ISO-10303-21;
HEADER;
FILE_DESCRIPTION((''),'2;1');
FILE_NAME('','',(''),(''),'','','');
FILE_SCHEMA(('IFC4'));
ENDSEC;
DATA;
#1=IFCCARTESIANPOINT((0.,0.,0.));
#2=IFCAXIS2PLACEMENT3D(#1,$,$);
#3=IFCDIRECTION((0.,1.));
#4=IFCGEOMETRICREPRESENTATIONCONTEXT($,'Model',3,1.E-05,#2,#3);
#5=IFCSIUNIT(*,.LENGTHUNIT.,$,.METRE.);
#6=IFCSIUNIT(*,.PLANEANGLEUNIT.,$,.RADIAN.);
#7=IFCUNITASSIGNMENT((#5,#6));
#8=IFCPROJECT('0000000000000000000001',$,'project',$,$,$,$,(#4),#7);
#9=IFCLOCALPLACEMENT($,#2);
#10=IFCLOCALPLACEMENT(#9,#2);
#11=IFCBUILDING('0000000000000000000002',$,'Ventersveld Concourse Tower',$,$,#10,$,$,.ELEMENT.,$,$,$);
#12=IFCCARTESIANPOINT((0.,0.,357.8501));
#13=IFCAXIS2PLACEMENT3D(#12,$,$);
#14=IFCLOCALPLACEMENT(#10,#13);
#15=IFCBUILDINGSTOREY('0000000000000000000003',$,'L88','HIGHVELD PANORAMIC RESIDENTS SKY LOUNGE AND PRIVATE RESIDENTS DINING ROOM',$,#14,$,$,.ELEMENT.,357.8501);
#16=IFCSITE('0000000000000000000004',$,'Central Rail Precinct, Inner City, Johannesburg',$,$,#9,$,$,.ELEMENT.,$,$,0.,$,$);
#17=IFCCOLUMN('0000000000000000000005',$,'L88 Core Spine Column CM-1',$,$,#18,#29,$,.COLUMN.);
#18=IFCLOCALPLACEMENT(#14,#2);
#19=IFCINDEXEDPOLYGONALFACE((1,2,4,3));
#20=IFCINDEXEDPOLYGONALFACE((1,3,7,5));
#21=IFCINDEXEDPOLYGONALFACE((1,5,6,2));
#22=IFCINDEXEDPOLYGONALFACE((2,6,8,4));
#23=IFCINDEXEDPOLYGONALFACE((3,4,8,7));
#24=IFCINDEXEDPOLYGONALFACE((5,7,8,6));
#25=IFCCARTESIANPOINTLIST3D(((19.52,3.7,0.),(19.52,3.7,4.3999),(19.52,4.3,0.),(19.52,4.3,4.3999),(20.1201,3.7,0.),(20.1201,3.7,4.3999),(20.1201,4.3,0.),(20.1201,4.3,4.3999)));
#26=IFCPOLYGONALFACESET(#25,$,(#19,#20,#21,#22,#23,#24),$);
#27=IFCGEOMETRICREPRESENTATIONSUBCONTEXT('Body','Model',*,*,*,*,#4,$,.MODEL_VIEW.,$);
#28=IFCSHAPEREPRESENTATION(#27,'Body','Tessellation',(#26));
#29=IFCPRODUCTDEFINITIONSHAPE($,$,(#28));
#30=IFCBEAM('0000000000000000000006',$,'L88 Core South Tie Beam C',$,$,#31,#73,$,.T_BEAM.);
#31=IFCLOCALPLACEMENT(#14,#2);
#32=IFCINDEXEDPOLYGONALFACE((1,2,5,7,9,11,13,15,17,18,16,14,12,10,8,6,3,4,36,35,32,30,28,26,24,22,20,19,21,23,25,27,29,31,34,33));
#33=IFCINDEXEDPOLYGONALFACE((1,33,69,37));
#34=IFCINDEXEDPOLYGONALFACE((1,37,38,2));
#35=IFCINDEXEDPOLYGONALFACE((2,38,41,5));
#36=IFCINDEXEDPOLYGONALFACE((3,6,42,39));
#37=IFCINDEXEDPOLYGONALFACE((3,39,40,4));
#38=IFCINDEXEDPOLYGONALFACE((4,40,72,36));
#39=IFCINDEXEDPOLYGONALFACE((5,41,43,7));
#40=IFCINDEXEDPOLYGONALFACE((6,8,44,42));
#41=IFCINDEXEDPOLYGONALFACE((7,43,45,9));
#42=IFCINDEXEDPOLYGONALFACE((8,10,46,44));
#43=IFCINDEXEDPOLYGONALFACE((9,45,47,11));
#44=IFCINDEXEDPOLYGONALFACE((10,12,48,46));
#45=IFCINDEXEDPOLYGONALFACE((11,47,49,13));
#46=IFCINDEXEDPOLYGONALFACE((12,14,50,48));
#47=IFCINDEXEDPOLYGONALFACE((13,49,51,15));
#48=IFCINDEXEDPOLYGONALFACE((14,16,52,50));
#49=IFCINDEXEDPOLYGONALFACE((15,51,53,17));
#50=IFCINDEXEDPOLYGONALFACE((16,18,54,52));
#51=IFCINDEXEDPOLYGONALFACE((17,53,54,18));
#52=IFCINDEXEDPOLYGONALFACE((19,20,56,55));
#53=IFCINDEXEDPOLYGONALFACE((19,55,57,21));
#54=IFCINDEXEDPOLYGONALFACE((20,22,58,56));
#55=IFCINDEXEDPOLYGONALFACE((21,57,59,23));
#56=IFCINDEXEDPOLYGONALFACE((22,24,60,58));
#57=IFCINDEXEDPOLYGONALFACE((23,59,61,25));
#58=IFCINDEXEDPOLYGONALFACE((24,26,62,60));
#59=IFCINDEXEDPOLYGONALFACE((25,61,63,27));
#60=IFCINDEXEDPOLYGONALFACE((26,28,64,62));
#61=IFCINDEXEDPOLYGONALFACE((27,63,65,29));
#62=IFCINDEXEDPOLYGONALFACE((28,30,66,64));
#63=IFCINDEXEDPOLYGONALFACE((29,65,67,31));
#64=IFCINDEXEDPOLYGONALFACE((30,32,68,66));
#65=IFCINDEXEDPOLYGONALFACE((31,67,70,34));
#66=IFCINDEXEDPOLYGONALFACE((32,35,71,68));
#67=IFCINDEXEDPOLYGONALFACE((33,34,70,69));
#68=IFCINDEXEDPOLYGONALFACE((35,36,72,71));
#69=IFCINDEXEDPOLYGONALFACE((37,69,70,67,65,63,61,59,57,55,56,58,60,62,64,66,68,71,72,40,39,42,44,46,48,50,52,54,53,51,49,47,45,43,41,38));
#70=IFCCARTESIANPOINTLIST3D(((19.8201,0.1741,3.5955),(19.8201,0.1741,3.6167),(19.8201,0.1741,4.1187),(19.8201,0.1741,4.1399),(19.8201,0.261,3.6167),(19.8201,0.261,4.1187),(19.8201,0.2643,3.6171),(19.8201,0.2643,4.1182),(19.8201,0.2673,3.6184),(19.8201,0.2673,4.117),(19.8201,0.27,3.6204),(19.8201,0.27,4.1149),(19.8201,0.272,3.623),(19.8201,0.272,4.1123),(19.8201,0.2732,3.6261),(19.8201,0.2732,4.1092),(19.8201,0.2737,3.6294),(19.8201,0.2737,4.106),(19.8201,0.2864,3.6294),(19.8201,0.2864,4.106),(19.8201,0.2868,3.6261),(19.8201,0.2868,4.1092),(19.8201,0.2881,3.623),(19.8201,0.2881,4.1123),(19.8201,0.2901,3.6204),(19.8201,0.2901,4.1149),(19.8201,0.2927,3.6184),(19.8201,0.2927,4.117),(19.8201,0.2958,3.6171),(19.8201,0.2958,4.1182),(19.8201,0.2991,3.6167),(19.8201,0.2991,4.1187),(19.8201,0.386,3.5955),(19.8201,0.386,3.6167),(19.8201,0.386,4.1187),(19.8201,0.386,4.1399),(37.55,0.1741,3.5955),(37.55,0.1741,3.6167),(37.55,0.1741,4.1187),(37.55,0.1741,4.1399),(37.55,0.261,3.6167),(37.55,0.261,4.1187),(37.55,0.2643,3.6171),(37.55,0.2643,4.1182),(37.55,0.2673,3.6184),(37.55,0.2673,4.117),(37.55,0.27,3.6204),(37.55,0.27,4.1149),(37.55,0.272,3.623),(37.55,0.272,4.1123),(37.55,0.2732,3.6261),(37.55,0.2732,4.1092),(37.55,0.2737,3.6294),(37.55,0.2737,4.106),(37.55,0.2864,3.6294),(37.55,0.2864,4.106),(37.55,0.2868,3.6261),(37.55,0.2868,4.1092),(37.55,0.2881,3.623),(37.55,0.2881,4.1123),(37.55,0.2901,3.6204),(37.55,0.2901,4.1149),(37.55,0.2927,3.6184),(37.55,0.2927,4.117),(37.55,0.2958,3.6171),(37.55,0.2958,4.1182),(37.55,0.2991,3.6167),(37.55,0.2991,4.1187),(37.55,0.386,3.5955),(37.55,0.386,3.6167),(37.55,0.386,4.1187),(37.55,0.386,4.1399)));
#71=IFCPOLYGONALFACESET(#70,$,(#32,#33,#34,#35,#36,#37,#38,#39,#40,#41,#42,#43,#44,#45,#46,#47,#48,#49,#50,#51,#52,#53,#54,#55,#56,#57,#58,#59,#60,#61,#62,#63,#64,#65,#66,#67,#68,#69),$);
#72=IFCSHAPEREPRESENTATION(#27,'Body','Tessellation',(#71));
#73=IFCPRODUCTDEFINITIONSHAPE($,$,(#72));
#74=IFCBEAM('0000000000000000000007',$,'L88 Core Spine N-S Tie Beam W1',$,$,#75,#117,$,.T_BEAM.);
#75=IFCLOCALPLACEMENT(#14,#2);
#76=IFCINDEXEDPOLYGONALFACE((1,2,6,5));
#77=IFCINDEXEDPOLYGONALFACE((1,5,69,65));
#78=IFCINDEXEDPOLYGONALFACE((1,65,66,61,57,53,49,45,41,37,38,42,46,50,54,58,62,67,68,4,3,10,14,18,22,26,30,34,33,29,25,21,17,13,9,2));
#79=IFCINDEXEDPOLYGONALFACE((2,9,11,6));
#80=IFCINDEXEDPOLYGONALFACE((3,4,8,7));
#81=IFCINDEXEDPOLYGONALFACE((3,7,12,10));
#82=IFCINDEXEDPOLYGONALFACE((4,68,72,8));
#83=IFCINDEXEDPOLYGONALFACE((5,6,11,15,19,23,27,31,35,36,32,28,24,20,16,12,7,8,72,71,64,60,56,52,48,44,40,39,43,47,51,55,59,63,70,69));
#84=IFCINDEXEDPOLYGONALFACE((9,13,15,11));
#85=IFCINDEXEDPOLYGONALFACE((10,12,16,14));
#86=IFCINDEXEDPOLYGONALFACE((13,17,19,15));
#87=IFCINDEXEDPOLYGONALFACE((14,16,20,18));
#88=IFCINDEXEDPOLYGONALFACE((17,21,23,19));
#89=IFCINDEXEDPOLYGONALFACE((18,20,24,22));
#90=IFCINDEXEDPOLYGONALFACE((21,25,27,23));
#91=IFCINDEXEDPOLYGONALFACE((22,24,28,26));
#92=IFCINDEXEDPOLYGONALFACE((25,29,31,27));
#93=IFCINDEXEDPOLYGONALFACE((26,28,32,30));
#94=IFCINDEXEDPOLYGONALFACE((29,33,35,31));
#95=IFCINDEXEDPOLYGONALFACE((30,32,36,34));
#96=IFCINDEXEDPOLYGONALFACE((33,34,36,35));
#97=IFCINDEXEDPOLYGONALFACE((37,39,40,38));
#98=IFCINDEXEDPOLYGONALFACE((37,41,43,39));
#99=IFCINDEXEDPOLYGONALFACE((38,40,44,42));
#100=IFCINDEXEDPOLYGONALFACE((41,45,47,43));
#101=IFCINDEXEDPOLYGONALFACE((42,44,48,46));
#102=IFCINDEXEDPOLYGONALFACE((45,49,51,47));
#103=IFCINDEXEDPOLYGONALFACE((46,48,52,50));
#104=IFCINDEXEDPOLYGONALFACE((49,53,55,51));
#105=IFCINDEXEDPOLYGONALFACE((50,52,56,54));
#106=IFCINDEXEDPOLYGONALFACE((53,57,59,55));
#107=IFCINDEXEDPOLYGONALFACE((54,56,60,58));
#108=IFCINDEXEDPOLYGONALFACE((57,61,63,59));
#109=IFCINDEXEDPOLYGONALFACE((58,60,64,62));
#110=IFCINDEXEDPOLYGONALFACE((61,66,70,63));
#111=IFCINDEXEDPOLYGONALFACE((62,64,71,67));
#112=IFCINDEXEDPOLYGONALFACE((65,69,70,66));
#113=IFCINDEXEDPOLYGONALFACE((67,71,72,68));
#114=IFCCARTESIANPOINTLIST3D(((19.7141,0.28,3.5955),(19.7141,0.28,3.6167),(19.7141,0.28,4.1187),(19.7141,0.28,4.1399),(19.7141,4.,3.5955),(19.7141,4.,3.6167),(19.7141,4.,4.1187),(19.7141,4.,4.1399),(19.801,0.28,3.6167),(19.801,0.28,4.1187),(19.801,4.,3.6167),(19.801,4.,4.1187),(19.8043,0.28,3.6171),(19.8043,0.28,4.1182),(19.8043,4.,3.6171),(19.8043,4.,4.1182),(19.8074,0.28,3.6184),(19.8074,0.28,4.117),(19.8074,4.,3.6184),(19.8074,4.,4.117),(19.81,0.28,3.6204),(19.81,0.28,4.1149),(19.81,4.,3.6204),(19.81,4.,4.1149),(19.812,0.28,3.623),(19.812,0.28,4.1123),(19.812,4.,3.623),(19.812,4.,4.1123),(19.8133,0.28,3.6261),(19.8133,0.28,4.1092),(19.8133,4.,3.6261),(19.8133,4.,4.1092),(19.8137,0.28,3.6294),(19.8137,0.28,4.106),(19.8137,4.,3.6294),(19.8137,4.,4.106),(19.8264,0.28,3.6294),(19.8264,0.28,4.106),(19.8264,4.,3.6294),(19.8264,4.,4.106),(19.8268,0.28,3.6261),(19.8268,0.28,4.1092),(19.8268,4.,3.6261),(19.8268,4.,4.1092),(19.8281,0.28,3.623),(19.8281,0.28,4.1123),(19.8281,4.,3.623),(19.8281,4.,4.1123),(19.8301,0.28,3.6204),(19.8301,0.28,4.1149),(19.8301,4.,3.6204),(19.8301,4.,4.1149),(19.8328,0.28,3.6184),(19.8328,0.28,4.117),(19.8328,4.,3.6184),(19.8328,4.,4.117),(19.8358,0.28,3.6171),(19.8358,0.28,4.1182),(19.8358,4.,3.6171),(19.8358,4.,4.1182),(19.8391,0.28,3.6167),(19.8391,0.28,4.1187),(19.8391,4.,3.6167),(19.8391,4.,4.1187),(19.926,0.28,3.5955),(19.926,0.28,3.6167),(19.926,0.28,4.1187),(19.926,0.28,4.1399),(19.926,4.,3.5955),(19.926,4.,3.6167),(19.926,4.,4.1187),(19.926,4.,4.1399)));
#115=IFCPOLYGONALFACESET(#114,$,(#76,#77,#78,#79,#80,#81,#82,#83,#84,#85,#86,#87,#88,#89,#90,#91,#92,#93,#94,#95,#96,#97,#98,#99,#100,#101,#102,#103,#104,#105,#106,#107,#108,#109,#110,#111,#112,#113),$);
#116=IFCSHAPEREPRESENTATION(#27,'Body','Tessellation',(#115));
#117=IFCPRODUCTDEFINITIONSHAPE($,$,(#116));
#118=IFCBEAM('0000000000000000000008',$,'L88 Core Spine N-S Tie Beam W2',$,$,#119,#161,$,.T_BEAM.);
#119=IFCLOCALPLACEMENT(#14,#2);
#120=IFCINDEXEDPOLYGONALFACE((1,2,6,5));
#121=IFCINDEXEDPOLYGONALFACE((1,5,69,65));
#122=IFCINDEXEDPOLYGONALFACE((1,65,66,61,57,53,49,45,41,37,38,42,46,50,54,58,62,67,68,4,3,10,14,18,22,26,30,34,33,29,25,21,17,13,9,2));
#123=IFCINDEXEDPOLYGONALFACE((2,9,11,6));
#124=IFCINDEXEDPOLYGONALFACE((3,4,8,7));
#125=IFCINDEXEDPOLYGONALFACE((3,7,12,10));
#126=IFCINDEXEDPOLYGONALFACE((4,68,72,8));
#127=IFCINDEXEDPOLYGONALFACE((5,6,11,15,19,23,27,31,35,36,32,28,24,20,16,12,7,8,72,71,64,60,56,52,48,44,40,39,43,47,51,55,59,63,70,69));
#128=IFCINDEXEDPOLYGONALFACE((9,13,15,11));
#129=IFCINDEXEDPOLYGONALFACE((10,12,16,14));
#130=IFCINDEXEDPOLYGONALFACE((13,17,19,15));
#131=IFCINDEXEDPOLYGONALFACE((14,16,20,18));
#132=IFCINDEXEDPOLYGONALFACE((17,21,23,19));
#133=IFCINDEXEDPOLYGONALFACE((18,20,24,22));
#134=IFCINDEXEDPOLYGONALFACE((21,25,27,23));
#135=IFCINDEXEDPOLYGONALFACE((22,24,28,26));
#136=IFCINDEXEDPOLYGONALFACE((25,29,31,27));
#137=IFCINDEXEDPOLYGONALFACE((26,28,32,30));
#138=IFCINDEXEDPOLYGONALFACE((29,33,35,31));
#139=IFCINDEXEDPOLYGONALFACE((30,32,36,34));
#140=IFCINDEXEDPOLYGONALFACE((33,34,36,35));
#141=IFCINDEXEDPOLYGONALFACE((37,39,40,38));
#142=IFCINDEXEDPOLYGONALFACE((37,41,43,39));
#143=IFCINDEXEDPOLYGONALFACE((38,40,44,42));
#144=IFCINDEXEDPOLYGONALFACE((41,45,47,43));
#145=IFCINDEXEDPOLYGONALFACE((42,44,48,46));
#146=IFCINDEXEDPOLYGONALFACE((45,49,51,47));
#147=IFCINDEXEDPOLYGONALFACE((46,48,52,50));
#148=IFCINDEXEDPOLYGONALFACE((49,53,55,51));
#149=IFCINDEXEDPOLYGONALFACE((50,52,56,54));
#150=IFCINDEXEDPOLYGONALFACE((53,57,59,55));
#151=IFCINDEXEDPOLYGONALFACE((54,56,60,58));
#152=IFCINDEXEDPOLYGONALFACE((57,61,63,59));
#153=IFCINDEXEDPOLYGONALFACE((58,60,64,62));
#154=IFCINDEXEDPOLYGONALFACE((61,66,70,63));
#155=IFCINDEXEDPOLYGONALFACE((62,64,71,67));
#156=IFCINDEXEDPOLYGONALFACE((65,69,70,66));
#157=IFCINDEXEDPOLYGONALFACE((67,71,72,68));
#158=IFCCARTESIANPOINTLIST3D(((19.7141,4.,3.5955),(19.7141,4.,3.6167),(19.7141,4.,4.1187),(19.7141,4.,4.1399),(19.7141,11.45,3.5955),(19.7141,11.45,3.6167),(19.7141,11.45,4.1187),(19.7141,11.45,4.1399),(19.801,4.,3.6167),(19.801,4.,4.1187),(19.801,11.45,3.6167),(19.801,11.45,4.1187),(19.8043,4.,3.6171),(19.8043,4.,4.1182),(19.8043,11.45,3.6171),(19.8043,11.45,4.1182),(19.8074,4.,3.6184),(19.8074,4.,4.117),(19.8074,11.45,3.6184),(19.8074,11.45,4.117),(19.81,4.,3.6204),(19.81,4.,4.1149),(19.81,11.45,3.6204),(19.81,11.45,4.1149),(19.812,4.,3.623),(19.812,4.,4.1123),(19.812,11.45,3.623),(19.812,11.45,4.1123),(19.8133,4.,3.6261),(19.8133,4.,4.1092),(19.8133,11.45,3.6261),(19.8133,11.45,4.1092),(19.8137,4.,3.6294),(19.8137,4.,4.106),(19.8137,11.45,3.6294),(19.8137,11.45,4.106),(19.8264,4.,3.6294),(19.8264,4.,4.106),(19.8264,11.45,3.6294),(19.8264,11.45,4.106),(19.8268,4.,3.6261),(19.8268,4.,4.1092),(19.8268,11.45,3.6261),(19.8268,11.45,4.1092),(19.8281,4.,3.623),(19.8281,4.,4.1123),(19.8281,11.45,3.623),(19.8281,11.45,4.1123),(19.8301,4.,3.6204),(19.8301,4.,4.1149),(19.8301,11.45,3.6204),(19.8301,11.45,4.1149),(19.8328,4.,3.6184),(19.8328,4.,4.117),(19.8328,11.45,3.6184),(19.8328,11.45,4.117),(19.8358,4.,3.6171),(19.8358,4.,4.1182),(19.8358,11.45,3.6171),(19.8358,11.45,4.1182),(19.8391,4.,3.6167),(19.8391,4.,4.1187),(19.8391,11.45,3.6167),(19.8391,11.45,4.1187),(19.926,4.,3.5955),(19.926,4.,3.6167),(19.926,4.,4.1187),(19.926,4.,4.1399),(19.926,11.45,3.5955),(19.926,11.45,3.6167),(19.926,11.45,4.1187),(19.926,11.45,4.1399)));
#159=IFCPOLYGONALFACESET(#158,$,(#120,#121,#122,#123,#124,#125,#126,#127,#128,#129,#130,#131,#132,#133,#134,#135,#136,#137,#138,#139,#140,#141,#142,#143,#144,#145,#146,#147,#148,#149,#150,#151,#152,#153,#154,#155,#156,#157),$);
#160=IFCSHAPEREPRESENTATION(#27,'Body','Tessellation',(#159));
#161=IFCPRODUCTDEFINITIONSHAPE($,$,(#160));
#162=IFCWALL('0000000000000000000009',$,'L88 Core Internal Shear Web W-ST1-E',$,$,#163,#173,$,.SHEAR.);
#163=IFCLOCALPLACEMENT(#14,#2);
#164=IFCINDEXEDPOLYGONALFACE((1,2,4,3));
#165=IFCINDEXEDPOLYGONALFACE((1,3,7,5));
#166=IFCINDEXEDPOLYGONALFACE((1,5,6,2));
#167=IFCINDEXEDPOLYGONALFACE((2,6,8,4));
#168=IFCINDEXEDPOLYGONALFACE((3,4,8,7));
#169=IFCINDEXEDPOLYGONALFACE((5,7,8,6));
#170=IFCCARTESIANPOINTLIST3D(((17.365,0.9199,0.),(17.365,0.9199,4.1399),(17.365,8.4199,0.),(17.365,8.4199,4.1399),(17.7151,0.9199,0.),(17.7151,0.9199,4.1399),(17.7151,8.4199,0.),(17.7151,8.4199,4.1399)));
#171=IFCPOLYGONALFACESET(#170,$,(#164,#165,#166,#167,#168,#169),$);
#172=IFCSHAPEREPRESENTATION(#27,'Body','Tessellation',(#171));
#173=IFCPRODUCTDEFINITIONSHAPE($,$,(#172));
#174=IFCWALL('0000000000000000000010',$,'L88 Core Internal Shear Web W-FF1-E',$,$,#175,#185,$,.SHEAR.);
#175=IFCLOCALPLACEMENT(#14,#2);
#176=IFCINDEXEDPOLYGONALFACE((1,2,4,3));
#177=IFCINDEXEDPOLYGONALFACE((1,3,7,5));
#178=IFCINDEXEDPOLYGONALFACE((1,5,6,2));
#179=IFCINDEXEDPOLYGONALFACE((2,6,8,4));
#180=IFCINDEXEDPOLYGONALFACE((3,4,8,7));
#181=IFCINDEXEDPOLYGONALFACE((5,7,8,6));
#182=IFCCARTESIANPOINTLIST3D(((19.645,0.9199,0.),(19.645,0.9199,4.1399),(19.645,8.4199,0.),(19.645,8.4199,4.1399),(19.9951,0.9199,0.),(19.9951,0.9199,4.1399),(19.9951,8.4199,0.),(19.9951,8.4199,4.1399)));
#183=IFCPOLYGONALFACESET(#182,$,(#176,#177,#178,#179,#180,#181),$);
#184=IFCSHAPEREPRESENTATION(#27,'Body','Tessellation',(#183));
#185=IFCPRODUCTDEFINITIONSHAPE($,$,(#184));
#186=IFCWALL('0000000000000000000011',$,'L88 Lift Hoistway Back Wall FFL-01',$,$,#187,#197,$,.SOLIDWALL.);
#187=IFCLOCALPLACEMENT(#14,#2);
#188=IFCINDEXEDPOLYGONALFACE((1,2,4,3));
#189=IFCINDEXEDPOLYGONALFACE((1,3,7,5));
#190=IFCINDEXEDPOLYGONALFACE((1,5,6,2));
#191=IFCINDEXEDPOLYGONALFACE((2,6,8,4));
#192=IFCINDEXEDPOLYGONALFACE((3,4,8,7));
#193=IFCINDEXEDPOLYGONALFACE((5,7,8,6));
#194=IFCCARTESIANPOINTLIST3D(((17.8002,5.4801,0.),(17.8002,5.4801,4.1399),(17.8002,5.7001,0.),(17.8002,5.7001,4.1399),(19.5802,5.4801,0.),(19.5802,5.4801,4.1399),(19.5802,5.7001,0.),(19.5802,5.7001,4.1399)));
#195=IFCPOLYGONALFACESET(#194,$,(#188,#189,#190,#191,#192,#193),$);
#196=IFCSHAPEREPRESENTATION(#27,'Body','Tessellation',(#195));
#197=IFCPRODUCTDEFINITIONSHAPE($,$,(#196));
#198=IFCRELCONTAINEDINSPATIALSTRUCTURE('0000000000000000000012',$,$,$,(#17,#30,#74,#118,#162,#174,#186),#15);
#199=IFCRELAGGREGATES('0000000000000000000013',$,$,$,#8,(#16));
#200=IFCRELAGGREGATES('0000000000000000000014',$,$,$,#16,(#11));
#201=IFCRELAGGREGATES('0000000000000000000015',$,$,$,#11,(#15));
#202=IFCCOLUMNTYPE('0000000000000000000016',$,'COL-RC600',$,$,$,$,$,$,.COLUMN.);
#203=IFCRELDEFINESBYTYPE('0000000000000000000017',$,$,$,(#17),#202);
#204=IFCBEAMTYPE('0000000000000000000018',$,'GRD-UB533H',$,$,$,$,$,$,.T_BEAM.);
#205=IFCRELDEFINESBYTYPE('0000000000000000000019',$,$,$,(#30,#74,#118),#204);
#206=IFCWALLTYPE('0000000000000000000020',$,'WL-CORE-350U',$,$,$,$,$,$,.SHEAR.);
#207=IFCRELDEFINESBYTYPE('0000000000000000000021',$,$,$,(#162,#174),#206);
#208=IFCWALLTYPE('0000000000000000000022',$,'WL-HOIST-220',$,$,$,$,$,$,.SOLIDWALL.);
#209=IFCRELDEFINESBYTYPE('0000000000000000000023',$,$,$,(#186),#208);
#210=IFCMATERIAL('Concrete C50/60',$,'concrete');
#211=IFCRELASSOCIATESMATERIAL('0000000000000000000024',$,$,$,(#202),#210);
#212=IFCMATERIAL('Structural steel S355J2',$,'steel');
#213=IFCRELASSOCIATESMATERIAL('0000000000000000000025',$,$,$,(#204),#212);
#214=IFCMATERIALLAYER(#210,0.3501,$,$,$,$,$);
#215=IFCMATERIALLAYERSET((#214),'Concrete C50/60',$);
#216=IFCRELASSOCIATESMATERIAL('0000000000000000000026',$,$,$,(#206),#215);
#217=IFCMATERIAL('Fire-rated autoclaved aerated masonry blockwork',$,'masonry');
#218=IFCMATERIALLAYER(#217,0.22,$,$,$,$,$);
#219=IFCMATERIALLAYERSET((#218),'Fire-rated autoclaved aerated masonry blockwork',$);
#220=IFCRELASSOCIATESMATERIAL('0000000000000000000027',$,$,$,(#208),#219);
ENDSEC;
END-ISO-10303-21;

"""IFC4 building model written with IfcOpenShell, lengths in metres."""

from ifc_helpers import new_model, si_unit, direction, frame, frame_2d, origin, origin_2d, place, context, subcontext, project, spatial, rectangle, i_section, extrude, material, layer, layer_set, material_profile, profile_set, type_object, element, save


model = new_model("IFC4")

# Units and contexts
model_context = context("Model", 3, precision=1e-05, world=origin(), true_north=direction((0.0, 1.0)))
body_context = subcontext(model_context, "Body", "Model", "MODEL_VIEW")
ifc_project = project(units=[si_unit("LENGTHUNIT", "METRE"), si_unit("PLANEANGLEUNIT", "RADIAN")], contexts=[model_context])

# Site, building, storey
site_placement = place(None, origin())
site = spatial("IfcSite", under=ifc_project, at=site_placement, Name="Central Rail Precinct, Inner City, Johannesburg", CompositionType="ELEMENT", RefElevation=0.0)
building_placement = place(site_placement, origin())
building = spatial("IfcBuilding", under=site, at=building_placement, Name="Ventersveld Concourse Tower", CompositionType="ELEMENT")
storey_placement = place(building_placement, frame((0.0, 0.0, 357.8501)))
storey = spatial("IfcBuildingStorey", under=building, at=storey_placement, Name="L88", Description="HIGHVELD PANORAMIC RESIDENTS SKY LOUNGE AND PRIVATE RESIDENTS DINING ROOM", CompositionType="ELEMENT", Elevation=357.8501)

# Column
ifc_material_1 = material(Name="Concrete C50/60", Category="concrete")
ifc_material_profile_1 = material_profile(ifc_material_1, rectangle(XDim=0.6001, YDim=0.6001, at=origin_2d()), Name="RC 600x600")
ifc_profile_set_1 = profile_set([ifc_material_profile_1], Name="Concrete C50/60")
column_type = type_object("IfcColumnType", Name="COL-RC600", PredefinedType="COLUMN", material=ifc_profile_set_1)
column_placement = place(storey_placement, frame((19.8201, 4.0, 0.0), z_axis=(0.0, 0.0, 1.0), x_axis=(1.0, 0.0, 0.0)))
element("IfcColumn", 1, at=column_placement, inside=storey, type_object=column_type, Name="L88 Core Spine Column CM-1", PredefinedType="COLUMN", context=body_context, shape_type="SweptSolid", body=[
    extrude(rectangle(XDim=0.6001, YDim=0.6001, at=origin_2d()), origin(), (0.0, 0.0, 1.0), 4.3999),
])

# Beams
ifc_material_2 = material(Name="Structural steel S355J2", Category="steel")
ifc_material_profile_2 = material_profile(ifc_material_2, i_section(OverallWidth=0.2119, OverallDepth=0.5444, WebThickness=0.0127, FlangeThickness=0.0212, FilletRadius=0.0127, at=origin_2d()), Name="UB 533x210x122")
ifc_profile_set_2 = profile_set([ifc_material_profile_2], Name="Structural steel S355J2")
beam_type = type_object("IfcBeamType", Name="GRD-UB533H", PredefinedType="T_BEAM", material=ifc_profile_set_2)
beam_1_placement = place(storey_placement, frame((19.8201, 0.28, 3.8677), z_axis=(1.0, 0.0, 0.0), x_axis=(0.0, 1.0, 0.0)))
element("IfcBeam", 2, at=beam_1_placement, inside=storey, type_object=beam_type, Name="L88 Core South Tie Beam C", PredefinedType="T_BEAM", context=body_context, shape_type="SweptSolid", body=[
    extrude(i_section(OverallWidth=0.2119, OverallDepth=0.5444, WebThickness=0.0127, FlangeThickness=0.0212, FilletRadius=0.0127, at=origin_2d()), origin(), (0.0, 0.0, 1.0), 17.73),
])
beam_2_placement = place(storey_placement, frame((19.8201, 0.28, 3.8677), z_axis=(0.0, 1.0, 0.0), x_axis=(-1.0, 0.0, 0.0)))
element("IfcBeam", 3, at=beam_2_placement, inside=storey, type_object=beam_type, Name="L88 Core Spine N-S Tie Beam W1", PredefinedType="T_BEAM", context=body_context, shape_type="SweptSolid", body=[
    extrude(i_section(OverallWidth=0.2119, OverallDepth=0.5444, WebThickness=0.0127, FlangeThickness=0.0212, FilletRadius=0.0127, at=origin_2d()), origin(), (0.0, 0.0, 1.0), 3.72),
])
beam_3_placement = place(storey_placement, frame((19.8201, 4.0, 3.8677), z_axis=(0.0, 1.0, 0.0), x_axis=(-1.0, 0.0, 0.0)))
element("IfcBeam", 4, at=beam_3_placement, inside=storey, type_object=beam_type, Name="L88 Core Spine N-S Tie Beam W2", PredefinedType="T_BEAM", context=body_context, shape_type="SweptSolid", body=[
    extrude(i_section(OverallWidth=0.2119, OverallDepth=0.5444, WebThickness=0.0127, FlangeThickness=0.0212, FilletRadius=0.0127, at=origin_2d()), origin(), (0.0, 0.0, 1.0), 7.45),
])

# Walls
ifc_layer_1 = layer(ifc_material_1, 0.3501)
ifc_layer_set_1 = layer_set([ifc_layer_1], Name="Concrete C50/60")
wall_type_1 = type_object("IfcWallType", Name="WL-CORE-350U", PredefinedType="SHEAR", material=ifc_layer_set_1)
for number, where, z_axis, x_axis, name in (
    (5, (17.54, 0.9199, 0.0), (0.0, 0.0, 1.0), (0.0, 1.0, 0.0), "L88 Core Internal Shear Web W-ST1-E"),
    (6, (19.8201, 0.9199, 0.0), (0.0, 0.0, 1.0), (0.0, 1.0, 0.0), "L88 Core Internal Shear Web W-FF1-E"),
):
    element("IfcWall", number, at=place(storey_placement, frame(where, z_axis=z_axis, x_axis=x_axis)), inside=storey, type_object=wall_type_1, Name=name, PredefinedType="SHEAR", context=body_context, shape_type="SweptSolid", body=[
        extrude(rectangle(XDim=7.5, YDim=0.3501, at=frame_2d((3.75, 0.0))), origin(), (0.0, 0.0, 1.0), 4.1399),
    ])
ifc_material_3 = material(Name="Fire-rated autoclaved aerated masonry blockwork", Category="masonry")
ifc_layer_2 = layer(ifc_material_3, 0.22)
ifc_layer_set_2 = layer_set([ifc_layer_2], Name="Fire-rated autoclaved aerated masonry blockwork")
wall_type_2 = type_object("IfcWallType", Name="WL-HOIST-220", PredefinedType="SOLIDWALL", material=ifc_layer_set_2)
wall_1_placement = place(storey_placement, frame((17.8, 5.5901, 0.0), z_axis=(0.0, 0.0, 1.0), x_axis=(1.0, 0.0, 0.0)))
element("IfcWall", 7, at=wall_1_placement, inside=storey, type_object=wall_type_2, Name="L88 Lift Hoistway Back Wall FFL-01", PredefinedType="SOLIDWALL", context=body_context, shape_type="SweptSolid", body=[
    extrude(rectangle(XDim=1.78, YDim=0.22, at=frame_2d((0.8901, 0.0))), origin(), (0.0, 0.0, 1.0), 4.1399),
])

save(model, "model.ifc")
